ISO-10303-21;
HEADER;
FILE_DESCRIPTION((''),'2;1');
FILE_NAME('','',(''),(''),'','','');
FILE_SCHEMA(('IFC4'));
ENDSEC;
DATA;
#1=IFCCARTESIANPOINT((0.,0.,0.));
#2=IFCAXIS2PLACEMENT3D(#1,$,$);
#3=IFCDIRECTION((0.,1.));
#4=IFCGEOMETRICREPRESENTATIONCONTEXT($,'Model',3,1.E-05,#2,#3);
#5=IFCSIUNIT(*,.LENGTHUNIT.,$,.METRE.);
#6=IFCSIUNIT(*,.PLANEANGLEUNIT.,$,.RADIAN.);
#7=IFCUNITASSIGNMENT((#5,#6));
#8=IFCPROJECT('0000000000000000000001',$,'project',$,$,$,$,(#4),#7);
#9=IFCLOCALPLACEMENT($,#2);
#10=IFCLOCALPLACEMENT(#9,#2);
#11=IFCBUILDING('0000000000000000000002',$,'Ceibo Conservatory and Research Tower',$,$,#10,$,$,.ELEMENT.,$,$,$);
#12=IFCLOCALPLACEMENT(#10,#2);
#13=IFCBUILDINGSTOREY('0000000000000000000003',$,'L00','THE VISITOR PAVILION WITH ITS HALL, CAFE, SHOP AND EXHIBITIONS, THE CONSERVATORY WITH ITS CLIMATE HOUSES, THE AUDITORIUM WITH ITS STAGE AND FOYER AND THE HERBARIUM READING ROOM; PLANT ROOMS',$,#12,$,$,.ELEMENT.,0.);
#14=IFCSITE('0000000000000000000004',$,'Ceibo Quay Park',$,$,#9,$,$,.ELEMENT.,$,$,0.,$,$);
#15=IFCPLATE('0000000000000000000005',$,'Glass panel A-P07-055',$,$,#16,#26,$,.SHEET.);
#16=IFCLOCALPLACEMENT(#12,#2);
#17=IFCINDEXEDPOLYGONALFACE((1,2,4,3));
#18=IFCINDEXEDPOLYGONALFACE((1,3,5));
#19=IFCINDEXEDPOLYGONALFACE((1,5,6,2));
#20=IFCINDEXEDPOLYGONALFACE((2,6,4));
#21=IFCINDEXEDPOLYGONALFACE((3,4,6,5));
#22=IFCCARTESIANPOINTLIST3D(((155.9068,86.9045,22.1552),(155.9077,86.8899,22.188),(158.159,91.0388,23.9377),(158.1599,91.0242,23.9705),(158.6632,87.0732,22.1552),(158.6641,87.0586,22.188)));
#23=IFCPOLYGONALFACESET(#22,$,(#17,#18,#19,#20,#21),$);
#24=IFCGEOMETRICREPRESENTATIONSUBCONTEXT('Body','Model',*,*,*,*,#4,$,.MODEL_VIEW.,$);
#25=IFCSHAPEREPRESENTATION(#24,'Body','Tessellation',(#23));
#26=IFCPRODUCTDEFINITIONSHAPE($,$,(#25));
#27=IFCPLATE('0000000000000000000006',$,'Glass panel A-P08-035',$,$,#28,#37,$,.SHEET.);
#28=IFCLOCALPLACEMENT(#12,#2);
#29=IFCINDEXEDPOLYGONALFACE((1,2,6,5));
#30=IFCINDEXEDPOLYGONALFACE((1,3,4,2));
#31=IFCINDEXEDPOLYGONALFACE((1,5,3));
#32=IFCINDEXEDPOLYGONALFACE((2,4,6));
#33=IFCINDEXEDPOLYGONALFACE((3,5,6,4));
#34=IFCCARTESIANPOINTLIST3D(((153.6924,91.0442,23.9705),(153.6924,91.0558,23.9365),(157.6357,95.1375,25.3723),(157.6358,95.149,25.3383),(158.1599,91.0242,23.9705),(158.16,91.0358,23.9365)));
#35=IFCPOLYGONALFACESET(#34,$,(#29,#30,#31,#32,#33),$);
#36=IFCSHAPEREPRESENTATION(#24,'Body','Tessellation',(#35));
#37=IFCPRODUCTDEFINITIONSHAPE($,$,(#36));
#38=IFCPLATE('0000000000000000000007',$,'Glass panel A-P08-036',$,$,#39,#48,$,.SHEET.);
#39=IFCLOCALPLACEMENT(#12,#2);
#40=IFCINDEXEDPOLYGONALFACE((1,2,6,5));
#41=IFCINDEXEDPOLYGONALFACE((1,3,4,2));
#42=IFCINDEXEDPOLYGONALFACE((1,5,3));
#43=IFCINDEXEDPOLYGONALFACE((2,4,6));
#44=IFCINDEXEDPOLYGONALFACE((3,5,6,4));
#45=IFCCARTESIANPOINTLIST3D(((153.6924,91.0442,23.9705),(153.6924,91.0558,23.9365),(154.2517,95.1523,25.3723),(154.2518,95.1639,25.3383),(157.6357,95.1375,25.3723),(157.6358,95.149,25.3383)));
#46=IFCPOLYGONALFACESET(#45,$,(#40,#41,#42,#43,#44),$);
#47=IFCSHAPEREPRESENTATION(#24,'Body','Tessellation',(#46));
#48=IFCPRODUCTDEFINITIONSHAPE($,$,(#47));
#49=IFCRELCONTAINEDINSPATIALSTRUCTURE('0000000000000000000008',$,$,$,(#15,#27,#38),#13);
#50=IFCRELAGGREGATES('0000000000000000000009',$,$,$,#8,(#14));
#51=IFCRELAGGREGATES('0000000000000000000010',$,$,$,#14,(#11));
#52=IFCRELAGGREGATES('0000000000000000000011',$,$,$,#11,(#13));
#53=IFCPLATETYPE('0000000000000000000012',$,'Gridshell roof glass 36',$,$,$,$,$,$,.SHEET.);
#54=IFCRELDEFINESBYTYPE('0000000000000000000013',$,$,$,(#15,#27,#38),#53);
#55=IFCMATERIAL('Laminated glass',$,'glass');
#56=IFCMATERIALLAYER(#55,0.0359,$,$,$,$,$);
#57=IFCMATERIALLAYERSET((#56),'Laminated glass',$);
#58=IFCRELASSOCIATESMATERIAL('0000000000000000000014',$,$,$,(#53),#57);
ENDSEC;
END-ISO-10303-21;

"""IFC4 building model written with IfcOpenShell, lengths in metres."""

from ifc_helpers import new_model, si_unit, direction, frame, origin, place, context, subcontext, project, spatial, polyline, outline, extrude, material, layer, layer_set, type_object, element, save


model = new_model("IFC4")

# Units and contexts
model_context = context("Model", 3, precision=1e-05, world=origin(), true_north=direction((0.0, 1.0)))
body_context = subcontext(model_context, "Body", "Model", "MODEL_VIEW")
ifc_project = project(units=[si_unit("LENGTHUNIT", "METRE"), si_unit("PLANEANGLEUNIT", "RADIAN")], contexts=[model_context])

# Site, building, storey
site_placement = place(None, origin())
site = spatial("IfcSite", under=ifc_project, at=site_placement, Name="Ceibo Quay Park", CompositionType="ELEMENT", RefElevation=0.0)
building_placement = place(site_placement, origin())
building = spatial("IfcBuilding", under=site, at=building_placement, Name="Ceibo Conservatory and Research Tower", CompositionType="ELEMENT")
storey_placement = place(building_placement, origin())
storey = spatial("IfcBuildingStorey", under=building, at=storey_placement, Name="L00", Description="THE VISITOR PAVILION WITH ITS HALL, CAFE, SHOP AND EXHIBITIONS, THE CONSERVATORY WITH ITS CLIMATE HOUSES, THE AUDITORIUM WITH ITS STAGE AND FOYER AND THE HERBARIUM READING ROOM; PLANT ROOMS", CompositionType="ELEMENT", Elevation=0.0)

# Plates
ifc_material_1 = material(Name="Laminated glass", Category="glass")
ifc_layer = layer(ifc_material_1, 0.0359)
ifc_layer_set = layer_set([ifc_layer], Name="Laminated glass")
plate_type = type_object("IfcPlateType", Name="Gridshell roof glass 36", PredefinedType="SHEET", material=ifc_layer_set)
plate_1_placement = place(storey_placement, frame((158.1599, 91.0242, 23.9705), z_axis=(0.024923, -0.40721, 0.912995), x_axis=(-0.447391, -0.82126, -0.354082)))
element("IfcPlate", 1, at=plate_1_placement, inside=storey, type_object=plate_type, Name="Glass panel A-P07-055", PredefinedType="SHEET", context=body_context, shape_type="SweptSolid", body=[
    extrude(outline(polyline([(0.0, 0.0), (5.0341, 0.0), (3.6624, 2.3967), (0.0, 0.0)])), origin(), (0.0, 0.0, -1.0), 0.0359),
])
plate_2_placement = place(storey_placement, frame((153.6924, 91.0442, 23.9705), z_axis=(-0.001446, -0.322756, 0.946481), x_axis=(0.99999, -0.004481, 0.0)))
element("IfcPlate", 2, at=plate_2_placement, inside=storey, type_object=plate_type, Name="Glass panel A-P08-035", PredefinedType="SHEET", context=body_context, shape_type="SweptSolid", body=[
    extrude(outline(polyline([(0.0, 0.0), (4.4676, 0.0), (3.925, 4.3433), (0.0, 0.0)])), origin(), (0.0, 0.0, -1.0), 0.0359),
])
plate_3_placement = place(storey_placement, frame((153.6924, 91.0442, 23.9705), z_axis=(-0.00142, -0.322779, 0.946473), x_axis=(0.67361, 0.699217, 0.239467)))
element("IfcPlate", 3, at=plate_3_placement, inside=storey, type_object=plate_type, Name="Glass panel A-P08-036", PredefinedType="SHEET", context=body_context, shape_type="SweptSolid", body=[
    extrude(outline(polyline([(0.0, 0.0), (5.8541, 0.0), (3.585, 2.5106), (0.0, 0.0)])), origin(), (0.0, 0.0, -1.0), 0.0359),
])

save(model, "model.ifc")
